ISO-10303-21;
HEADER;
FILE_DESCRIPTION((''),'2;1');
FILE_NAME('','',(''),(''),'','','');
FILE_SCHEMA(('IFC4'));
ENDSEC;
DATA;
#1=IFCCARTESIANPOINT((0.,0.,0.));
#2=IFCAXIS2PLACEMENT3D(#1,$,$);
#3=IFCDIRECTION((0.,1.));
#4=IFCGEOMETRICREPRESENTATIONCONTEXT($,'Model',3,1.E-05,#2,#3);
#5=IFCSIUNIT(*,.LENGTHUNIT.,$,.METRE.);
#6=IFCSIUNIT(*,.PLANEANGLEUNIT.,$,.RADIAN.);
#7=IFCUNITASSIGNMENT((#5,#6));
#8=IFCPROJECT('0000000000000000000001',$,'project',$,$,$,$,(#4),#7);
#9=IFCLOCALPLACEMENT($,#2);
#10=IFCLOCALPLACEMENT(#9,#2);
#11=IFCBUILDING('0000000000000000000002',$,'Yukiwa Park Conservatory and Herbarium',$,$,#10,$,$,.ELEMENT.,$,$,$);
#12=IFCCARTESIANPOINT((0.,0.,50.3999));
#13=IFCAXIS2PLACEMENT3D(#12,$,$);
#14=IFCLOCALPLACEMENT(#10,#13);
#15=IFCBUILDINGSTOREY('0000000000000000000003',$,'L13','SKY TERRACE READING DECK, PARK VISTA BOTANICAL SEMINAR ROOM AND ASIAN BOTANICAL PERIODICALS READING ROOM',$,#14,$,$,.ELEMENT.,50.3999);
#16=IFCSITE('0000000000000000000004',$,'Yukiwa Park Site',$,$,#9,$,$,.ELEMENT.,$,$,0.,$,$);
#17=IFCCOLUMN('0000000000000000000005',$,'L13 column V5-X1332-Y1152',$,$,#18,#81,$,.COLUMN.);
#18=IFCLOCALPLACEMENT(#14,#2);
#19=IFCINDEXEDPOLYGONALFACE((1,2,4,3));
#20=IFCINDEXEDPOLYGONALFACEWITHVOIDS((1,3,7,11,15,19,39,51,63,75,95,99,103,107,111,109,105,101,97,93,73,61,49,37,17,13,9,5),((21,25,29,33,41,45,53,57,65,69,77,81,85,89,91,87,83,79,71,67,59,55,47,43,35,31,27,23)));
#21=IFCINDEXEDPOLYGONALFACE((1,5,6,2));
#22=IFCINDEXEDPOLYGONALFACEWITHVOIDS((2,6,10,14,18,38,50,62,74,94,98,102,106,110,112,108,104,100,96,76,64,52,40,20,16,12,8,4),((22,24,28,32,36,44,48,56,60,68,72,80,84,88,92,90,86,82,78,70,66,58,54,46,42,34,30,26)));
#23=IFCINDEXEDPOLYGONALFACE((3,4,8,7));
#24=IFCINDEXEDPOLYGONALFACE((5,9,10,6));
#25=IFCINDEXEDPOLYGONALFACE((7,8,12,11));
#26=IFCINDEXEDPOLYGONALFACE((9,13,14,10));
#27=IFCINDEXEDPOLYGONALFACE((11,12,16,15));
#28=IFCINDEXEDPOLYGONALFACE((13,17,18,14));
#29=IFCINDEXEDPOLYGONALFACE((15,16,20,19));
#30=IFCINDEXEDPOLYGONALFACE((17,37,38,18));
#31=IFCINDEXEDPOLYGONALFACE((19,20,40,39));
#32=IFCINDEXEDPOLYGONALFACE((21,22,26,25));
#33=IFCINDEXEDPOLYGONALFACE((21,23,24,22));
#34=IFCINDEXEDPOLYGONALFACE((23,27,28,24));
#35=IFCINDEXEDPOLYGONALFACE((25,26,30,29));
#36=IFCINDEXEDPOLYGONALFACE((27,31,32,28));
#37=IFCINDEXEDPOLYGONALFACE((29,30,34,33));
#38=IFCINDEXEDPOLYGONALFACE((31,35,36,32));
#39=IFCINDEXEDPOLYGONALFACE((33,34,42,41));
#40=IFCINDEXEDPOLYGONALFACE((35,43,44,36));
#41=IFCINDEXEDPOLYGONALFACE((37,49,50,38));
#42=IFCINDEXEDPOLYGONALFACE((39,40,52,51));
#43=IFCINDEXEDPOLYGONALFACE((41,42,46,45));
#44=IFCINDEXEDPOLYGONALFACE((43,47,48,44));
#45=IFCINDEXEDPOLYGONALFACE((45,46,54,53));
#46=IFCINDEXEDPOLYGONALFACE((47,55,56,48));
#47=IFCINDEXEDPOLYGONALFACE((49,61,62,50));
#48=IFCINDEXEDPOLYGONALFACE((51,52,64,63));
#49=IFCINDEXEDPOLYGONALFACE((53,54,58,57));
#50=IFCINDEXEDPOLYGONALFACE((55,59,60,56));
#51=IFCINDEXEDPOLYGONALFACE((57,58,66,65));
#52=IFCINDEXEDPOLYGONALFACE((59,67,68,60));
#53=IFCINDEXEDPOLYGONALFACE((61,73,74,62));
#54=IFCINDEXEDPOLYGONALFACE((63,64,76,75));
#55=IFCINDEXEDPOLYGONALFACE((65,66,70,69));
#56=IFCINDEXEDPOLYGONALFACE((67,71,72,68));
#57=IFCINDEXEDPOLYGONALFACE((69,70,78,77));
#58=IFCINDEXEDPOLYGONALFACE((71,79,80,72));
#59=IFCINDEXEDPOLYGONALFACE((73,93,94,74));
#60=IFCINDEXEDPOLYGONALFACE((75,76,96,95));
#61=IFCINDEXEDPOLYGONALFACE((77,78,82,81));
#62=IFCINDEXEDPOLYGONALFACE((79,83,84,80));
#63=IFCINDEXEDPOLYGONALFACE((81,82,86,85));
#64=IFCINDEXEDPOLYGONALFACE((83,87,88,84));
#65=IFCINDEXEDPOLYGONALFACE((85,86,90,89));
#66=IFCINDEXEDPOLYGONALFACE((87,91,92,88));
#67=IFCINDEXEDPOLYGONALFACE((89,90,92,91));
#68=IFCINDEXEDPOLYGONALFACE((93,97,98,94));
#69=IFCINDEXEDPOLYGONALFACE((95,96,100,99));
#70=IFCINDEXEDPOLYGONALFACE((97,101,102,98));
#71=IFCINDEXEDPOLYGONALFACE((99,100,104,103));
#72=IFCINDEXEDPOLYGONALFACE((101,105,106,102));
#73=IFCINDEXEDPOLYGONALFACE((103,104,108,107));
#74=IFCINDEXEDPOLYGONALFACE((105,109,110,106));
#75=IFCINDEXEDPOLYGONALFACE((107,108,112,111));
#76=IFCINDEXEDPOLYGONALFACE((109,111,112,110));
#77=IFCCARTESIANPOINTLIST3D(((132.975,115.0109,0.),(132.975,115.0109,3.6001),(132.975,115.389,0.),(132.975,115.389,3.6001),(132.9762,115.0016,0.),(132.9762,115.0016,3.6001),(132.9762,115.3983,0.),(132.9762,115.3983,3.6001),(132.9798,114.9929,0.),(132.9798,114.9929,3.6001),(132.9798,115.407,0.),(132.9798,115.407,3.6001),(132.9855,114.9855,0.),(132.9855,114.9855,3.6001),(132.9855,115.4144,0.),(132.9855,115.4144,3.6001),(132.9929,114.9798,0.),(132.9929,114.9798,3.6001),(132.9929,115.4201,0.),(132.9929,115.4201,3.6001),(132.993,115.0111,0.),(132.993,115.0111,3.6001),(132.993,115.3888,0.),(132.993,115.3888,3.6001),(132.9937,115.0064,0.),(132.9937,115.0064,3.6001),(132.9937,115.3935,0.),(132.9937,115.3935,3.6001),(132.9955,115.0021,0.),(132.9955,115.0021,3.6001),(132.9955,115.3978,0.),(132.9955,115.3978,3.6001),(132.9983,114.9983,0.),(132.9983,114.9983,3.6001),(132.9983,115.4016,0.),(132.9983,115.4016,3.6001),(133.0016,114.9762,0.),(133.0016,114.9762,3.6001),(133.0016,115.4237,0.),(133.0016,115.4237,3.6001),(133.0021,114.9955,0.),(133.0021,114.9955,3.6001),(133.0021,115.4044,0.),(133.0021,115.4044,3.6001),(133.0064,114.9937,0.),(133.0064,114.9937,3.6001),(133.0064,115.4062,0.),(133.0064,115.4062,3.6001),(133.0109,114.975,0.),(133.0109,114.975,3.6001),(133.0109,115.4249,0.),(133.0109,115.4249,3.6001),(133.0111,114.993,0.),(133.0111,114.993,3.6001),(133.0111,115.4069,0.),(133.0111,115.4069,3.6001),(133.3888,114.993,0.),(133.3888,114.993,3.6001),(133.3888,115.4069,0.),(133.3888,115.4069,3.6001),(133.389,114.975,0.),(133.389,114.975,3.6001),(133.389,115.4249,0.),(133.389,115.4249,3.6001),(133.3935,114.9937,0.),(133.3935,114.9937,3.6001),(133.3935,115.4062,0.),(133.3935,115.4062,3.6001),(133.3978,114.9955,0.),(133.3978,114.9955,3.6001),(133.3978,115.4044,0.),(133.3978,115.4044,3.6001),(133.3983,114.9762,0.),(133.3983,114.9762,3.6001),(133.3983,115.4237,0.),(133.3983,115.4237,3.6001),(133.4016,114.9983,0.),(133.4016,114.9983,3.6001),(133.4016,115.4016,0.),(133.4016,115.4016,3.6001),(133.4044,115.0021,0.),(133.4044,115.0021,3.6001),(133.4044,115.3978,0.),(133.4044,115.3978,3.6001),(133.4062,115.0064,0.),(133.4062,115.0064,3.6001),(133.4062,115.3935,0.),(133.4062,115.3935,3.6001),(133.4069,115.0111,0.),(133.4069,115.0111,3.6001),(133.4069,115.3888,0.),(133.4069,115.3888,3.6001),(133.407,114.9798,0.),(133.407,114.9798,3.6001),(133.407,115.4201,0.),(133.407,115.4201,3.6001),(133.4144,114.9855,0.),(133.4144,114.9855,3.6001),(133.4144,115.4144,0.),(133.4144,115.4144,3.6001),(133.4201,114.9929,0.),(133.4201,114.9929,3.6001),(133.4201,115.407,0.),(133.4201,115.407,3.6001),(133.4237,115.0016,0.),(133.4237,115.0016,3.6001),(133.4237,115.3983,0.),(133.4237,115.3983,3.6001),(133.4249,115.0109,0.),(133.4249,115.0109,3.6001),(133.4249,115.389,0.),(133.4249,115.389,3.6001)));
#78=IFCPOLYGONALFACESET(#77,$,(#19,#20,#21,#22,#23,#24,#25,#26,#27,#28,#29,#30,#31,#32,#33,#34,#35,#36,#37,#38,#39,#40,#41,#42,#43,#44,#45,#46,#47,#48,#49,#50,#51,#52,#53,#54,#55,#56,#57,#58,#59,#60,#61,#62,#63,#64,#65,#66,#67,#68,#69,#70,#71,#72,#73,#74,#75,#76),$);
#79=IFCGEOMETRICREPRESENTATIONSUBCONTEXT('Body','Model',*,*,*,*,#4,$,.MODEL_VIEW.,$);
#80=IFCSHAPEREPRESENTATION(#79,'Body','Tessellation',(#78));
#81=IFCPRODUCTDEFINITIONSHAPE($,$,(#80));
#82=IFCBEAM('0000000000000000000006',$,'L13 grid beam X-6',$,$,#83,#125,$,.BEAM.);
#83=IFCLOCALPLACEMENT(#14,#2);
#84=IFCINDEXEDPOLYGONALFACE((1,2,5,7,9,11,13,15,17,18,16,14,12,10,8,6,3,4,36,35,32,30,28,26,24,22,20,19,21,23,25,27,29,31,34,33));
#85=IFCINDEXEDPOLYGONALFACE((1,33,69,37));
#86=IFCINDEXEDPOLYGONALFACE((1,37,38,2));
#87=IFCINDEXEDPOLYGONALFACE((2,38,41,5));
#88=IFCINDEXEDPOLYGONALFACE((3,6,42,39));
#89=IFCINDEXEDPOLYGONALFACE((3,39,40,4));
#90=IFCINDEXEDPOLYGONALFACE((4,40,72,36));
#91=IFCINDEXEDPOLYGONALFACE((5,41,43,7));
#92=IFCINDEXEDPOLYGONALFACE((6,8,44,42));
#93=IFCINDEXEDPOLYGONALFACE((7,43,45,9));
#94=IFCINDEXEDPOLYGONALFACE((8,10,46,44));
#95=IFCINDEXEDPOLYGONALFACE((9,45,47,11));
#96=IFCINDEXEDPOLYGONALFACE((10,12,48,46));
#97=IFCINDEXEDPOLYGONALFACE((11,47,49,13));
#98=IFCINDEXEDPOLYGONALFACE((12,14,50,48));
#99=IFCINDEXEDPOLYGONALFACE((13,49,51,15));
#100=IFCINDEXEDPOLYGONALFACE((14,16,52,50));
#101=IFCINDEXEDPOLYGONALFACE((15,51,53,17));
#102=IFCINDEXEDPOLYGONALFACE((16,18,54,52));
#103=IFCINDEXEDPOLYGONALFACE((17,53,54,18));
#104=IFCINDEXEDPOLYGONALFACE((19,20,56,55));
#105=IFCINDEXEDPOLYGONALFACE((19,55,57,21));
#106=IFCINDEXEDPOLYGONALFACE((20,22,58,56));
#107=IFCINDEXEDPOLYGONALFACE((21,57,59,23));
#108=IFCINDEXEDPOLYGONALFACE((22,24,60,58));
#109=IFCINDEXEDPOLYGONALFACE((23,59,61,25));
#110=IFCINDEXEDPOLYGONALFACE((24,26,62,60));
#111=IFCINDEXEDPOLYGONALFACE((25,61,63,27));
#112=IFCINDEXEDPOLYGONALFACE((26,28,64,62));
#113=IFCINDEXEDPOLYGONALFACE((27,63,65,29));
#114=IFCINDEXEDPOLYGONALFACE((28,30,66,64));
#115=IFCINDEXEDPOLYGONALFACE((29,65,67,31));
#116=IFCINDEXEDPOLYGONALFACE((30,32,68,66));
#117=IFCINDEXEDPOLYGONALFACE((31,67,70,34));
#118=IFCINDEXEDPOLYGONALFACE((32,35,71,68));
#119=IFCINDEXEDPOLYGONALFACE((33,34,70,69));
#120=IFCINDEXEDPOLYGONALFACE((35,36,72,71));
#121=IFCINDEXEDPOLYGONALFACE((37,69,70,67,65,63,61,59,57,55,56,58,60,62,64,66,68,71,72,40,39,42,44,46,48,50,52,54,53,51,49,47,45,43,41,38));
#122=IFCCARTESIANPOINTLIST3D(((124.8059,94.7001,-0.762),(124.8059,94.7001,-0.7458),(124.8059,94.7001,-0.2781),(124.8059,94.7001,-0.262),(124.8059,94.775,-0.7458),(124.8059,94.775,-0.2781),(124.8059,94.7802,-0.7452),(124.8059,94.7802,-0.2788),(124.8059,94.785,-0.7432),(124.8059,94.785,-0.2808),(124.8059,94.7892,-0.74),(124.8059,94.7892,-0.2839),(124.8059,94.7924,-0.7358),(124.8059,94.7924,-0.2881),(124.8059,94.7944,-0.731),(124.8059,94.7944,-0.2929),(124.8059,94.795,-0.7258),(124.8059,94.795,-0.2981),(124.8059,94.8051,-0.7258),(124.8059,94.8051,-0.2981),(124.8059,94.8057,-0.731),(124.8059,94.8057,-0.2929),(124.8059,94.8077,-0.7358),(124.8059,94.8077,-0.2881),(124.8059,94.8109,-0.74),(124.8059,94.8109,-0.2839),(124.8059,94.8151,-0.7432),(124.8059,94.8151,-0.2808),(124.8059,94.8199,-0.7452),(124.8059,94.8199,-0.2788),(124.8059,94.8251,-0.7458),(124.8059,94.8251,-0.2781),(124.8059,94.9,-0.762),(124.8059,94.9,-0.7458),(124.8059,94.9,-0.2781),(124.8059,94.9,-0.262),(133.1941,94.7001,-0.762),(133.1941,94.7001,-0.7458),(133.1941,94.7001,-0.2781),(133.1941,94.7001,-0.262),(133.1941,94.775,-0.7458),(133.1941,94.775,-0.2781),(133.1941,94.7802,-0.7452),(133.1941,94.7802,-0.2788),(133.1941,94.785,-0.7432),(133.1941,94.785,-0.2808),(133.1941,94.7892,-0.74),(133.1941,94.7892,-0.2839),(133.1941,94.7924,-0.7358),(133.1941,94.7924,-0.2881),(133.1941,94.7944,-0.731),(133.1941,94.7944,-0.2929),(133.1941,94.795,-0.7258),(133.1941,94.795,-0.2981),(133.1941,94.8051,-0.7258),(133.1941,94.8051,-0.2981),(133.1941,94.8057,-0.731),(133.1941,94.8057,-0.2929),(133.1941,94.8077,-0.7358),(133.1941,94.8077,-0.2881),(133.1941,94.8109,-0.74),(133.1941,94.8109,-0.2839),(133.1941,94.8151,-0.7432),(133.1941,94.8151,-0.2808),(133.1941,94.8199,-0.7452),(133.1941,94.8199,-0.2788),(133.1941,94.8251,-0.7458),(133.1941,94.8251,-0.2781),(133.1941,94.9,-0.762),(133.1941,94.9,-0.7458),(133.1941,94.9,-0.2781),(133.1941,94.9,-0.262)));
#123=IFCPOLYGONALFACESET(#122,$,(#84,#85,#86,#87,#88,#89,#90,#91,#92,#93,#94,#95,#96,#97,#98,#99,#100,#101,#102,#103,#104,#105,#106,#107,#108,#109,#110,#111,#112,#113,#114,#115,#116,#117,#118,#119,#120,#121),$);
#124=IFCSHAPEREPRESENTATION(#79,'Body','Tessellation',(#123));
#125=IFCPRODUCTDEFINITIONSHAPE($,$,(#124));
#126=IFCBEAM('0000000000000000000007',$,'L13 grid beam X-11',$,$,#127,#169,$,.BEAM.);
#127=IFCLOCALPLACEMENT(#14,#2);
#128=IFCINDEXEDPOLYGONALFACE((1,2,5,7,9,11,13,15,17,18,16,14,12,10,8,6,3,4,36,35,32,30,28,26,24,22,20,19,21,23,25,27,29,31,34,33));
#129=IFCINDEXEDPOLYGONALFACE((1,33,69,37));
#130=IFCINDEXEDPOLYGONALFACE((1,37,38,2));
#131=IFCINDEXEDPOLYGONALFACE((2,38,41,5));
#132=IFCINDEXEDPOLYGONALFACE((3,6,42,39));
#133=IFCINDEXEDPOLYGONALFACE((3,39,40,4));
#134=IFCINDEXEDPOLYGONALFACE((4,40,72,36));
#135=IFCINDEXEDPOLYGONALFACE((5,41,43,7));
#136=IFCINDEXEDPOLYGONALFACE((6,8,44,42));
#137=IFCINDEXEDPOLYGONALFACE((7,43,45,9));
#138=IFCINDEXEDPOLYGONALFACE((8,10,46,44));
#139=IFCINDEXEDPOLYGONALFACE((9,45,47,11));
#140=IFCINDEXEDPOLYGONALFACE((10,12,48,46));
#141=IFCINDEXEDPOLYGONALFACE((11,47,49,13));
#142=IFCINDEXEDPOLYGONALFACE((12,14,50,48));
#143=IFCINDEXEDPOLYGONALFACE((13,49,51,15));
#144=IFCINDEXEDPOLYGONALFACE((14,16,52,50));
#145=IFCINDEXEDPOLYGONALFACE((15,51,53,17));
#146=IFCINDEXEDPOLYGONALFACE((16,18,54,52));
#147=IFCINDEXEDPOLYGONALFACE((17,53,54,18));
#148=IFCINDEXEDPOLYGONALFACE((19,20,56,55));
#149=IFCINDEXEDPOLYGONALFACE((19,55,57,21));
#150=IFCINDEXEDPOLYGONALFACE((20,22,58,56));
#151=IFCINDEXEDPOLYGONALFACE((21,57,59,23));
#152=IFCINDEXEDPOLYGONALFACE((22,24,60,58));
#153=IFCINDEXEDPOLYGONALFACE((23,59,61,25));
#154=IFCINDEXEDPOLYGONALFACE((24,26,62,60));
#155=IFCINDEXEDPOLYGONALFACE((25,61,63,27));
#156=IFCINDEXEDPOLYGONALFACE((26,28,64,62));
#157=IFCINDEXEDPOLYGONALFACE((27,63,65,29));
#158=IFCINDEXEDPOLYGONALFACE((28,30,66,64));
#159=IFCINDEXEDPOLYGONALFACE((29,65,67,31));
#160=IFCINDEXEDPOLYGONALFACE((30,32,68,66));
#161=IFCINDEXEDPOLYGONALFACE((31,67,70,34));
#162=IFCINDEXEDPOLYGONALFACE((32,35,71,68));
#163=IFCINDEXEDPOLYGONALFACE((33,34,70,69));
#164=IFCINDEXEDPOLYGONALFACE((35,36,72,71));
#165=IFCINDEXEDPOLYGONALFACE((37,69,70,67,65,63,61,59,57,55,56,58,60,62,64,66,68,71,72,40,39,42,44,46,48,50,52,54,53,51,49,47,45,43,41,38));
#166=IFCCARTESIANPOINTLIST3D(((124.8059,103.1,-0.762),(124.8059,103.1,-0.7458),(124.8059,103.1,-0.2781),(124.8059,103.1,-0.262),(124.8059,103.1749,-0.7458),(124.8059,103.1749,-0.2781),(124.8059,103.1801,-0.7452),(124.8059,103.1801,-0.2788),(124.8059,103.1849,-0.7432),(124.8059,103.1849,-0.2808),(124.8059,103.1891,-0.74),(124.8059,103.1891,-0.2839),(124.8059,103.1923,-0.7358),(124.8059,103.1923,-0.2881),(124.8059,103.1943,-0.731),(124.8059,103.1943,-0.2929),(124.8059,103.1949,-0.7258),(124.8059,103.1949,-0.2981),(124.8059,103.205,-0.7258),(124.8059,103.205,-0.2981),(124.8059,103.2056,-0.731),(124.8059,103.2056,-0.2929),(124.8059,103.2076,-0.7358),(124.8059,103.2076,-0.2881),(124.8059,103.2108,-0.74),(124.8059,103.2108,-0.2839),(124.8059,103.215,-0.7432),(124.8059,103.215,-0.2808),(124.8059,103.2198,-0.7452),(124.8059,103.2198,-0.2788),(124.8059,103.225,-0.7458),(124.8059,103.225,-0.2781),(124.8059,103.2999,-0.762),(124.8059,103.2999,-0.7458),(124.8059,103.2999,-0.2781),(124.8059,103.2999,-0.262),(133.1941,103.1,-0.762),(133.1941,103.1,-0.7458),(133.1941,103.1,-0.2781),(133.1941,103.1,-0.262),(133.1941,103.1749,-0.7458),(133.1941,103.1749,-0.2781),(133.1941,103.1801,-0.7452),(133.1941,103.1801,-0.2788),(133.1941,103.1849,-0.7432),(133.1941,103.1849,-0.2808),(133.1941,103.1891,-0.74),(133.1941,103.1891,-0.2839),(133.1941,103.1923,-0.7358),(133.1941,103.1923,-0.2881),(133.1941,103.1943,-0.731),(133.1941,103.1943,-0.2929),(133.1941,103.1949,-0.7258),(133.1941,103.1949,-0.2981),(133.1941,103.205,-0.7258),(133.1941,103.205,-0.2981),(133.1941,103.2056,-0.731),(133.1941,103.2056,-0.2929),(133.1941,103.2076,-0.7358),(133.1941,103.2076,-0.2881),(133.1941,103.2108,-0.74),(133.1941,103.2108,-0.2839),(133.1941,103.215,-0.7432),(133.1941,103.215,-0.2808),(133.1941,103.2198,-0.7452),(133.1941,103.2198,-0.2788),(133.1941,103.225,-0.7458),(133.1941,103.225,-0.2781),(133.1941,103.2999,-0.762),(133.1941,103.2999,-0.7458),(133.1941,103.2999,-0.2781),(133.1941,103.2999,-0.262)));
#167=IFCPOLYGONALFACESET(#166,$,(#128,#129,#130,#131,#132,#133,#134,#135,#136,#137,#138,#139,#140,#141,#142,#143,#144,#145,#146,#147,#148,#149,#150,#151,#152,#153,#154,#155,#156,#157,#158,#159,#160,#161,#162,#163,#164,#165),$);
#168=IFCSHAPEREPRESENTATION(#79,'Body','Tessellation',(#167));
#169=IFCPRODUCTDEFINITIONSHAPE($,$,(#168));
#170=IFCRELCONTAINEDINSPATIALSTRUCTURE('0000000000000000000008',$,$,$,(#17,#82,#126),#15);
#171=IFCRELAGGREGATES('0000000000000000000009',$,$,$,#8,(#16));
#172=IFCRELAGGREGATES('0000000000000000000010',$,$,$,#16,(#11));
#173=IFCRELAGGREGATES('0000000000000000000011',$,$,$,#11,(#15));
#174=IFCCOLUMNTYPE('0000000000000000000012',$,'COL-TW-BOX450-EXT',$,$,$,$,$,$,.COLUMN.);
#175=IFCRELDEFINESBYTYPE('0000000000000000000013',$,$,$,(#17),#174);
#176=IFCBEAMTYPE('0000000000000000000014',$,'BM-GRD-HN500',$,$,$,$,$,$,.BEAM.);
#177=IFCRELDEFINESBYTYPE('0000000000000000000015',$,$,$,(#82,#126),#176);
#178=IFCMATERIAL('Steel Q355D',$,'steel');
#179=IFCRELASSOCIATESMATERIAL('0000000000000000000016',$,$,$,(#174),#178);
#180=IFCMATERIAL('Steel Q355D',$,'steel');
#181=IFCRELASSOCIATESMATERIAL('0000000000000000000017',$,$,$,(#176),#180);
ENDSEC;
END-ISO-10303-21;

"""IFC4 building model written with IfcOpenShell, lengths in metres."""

from ifc_helpers import new_model, si_unit, direction, frame, origin, origin_2d, place, context, subcontext, project, spatial, hollow_rectangle, i_section, extrude, material, material_profile, profile_set, type_object, element, save


model = new_model("IFC4")

# Units and contexts
model_context = context("Model", 3, precision=1e-05, world=origin(), true_north=direction((0.0, 1.0)))
body_context = subcontext(model_context, "Body", "Model", "MODEL_VIEW")
ifc_project = project(units=[si_unit("LENGTHUNIT", "METRE"), si_unit("PLANEANGLEUNIT", "RADIAN")], contexts=[model_context])

# Site, building, storey
site_placement = place(None, origin())
site = spatial("IfcSite", under=ifc_project, at=site_placement, Name="Yukiwa Park Site", CompositionType="ELEMENT", RefElevation=0.0)
building_placement = place(site_placement, origin())
building = spatial("IfcBuilding", under=site, at=building_placement, Name="Yukiwa Park Conservatory and Herbarium", CompositionType="ELEMENT")
storey_placement = place(building_placement, frame((0.0, 0.0, 50.3999)))
storey = spatial("IfcBuildingStorey", under=building, at=storey_placement, Name="L13", Description="SKY TERRACE READING DECK, PARK VISTA BOTANICAL SEMINAR ROOM AND ASIAN BOTANICAL PERIODICALS READING ROOM", CompositionType="ELEMENT", Elevation=50.3999)

# Column
ifc_material_1 = material(Name="Steel Q355D", Category="steel")
ifc_material_profile_1 = material_profile(ifc_material_1, hollow_rectangle(XDim=0.45, YDim=0.45, WallThickness=0.0181, InnerFilletRadius=0.0181, OuterFilletRadius=0.0359, at=origin_2d()), Name="BOX 450x450x18")
ifc_profile_set_1 = profile_set([ifc_material_profile_1], Name="Steel Q355D")
column_type = type_object("IfcColumnType", Name="COL-TW-BOX450-EXT", PredefinedType="COLUMN", material=ifc_profile_set_1)
for number, where, z_axis, x_axis, name in (
    (1, (133.2, 115.2, 0.0), (0.0, 0.0, 1.0), (1.0, 0.0, 0.0), "L13 column V5-X1332-Y1152"),
):
    element("IfcColumn", number, at=place(storey_placement, frame(where, z_axis=z_axis, x_axis=x_axis)), inside=storey, type_object=column_type, Name=name, PredefinedType="COLUMN", context=body_context, shape_type="SweptSolid", body=[
        extrude(hollow_rectangle(XDim=0.45, YDim=0.45, WallThickness=0.0181, InnerFilletRadius=0.0181, OuterFilletRadius=0.0359, at=origin_2d()), origin(), (0.0, 0.0, 1.0), 3.6001),
    ])

# Beams
ifc_material_2 = material(Name="Steel Q355D", Category="steel")
ifc_material_profile_2 = material_profile(ifc_material_2, i_section(OverallWidth=0.2, OverallDepth=0.5, WebThickness=0.01, FlangeThickness=0.0161, FilletRadius=0.02, at=origin_2d()), Name="HN 500x200x10x16")
ifc_profile_set_2 = profile_set([ifc_material_profile_2], Name="Steel Q355D")
beam_type_1 = type_object("IfcBeamType", Name="BM-GRD-HN500", PredefinedType="BEAM", material=ifc_profile_set_2)
for number, where, z_axis, x_axis, name in (
    (2, (124.8059, 94.8, -0.512), (1.0, 0.0, 0.0), (0.0, 1.0, 0.0), "L13 grid beam X-6"),
    (3, (124.8059, 103.2, -0.512), (1.0, 0.0, 0.0), (0.0, 1.0, 0.0), "L13 grid beam X-11"),
):
    element("IfcBeam", number, at=place(storey_placement, frame(where, z_axis=z_axis, x_axis=x_axis)), inside=storey, type_object=beam_type_1, Name=name, PredefinedType="BEAM", context=body_context, shape_type="SweptSolid", body=[
        extrude(i_section(OverallWidth=0.2, OverallDepth=0.5, WebThickness=0.01, FlangeThickness=0.0161, FilletRadius=0.02, at=origin_2d()), origin(), (0.0, 0.0, 1.0), 8.3882),
    ])

save(model, "model.ifc")
